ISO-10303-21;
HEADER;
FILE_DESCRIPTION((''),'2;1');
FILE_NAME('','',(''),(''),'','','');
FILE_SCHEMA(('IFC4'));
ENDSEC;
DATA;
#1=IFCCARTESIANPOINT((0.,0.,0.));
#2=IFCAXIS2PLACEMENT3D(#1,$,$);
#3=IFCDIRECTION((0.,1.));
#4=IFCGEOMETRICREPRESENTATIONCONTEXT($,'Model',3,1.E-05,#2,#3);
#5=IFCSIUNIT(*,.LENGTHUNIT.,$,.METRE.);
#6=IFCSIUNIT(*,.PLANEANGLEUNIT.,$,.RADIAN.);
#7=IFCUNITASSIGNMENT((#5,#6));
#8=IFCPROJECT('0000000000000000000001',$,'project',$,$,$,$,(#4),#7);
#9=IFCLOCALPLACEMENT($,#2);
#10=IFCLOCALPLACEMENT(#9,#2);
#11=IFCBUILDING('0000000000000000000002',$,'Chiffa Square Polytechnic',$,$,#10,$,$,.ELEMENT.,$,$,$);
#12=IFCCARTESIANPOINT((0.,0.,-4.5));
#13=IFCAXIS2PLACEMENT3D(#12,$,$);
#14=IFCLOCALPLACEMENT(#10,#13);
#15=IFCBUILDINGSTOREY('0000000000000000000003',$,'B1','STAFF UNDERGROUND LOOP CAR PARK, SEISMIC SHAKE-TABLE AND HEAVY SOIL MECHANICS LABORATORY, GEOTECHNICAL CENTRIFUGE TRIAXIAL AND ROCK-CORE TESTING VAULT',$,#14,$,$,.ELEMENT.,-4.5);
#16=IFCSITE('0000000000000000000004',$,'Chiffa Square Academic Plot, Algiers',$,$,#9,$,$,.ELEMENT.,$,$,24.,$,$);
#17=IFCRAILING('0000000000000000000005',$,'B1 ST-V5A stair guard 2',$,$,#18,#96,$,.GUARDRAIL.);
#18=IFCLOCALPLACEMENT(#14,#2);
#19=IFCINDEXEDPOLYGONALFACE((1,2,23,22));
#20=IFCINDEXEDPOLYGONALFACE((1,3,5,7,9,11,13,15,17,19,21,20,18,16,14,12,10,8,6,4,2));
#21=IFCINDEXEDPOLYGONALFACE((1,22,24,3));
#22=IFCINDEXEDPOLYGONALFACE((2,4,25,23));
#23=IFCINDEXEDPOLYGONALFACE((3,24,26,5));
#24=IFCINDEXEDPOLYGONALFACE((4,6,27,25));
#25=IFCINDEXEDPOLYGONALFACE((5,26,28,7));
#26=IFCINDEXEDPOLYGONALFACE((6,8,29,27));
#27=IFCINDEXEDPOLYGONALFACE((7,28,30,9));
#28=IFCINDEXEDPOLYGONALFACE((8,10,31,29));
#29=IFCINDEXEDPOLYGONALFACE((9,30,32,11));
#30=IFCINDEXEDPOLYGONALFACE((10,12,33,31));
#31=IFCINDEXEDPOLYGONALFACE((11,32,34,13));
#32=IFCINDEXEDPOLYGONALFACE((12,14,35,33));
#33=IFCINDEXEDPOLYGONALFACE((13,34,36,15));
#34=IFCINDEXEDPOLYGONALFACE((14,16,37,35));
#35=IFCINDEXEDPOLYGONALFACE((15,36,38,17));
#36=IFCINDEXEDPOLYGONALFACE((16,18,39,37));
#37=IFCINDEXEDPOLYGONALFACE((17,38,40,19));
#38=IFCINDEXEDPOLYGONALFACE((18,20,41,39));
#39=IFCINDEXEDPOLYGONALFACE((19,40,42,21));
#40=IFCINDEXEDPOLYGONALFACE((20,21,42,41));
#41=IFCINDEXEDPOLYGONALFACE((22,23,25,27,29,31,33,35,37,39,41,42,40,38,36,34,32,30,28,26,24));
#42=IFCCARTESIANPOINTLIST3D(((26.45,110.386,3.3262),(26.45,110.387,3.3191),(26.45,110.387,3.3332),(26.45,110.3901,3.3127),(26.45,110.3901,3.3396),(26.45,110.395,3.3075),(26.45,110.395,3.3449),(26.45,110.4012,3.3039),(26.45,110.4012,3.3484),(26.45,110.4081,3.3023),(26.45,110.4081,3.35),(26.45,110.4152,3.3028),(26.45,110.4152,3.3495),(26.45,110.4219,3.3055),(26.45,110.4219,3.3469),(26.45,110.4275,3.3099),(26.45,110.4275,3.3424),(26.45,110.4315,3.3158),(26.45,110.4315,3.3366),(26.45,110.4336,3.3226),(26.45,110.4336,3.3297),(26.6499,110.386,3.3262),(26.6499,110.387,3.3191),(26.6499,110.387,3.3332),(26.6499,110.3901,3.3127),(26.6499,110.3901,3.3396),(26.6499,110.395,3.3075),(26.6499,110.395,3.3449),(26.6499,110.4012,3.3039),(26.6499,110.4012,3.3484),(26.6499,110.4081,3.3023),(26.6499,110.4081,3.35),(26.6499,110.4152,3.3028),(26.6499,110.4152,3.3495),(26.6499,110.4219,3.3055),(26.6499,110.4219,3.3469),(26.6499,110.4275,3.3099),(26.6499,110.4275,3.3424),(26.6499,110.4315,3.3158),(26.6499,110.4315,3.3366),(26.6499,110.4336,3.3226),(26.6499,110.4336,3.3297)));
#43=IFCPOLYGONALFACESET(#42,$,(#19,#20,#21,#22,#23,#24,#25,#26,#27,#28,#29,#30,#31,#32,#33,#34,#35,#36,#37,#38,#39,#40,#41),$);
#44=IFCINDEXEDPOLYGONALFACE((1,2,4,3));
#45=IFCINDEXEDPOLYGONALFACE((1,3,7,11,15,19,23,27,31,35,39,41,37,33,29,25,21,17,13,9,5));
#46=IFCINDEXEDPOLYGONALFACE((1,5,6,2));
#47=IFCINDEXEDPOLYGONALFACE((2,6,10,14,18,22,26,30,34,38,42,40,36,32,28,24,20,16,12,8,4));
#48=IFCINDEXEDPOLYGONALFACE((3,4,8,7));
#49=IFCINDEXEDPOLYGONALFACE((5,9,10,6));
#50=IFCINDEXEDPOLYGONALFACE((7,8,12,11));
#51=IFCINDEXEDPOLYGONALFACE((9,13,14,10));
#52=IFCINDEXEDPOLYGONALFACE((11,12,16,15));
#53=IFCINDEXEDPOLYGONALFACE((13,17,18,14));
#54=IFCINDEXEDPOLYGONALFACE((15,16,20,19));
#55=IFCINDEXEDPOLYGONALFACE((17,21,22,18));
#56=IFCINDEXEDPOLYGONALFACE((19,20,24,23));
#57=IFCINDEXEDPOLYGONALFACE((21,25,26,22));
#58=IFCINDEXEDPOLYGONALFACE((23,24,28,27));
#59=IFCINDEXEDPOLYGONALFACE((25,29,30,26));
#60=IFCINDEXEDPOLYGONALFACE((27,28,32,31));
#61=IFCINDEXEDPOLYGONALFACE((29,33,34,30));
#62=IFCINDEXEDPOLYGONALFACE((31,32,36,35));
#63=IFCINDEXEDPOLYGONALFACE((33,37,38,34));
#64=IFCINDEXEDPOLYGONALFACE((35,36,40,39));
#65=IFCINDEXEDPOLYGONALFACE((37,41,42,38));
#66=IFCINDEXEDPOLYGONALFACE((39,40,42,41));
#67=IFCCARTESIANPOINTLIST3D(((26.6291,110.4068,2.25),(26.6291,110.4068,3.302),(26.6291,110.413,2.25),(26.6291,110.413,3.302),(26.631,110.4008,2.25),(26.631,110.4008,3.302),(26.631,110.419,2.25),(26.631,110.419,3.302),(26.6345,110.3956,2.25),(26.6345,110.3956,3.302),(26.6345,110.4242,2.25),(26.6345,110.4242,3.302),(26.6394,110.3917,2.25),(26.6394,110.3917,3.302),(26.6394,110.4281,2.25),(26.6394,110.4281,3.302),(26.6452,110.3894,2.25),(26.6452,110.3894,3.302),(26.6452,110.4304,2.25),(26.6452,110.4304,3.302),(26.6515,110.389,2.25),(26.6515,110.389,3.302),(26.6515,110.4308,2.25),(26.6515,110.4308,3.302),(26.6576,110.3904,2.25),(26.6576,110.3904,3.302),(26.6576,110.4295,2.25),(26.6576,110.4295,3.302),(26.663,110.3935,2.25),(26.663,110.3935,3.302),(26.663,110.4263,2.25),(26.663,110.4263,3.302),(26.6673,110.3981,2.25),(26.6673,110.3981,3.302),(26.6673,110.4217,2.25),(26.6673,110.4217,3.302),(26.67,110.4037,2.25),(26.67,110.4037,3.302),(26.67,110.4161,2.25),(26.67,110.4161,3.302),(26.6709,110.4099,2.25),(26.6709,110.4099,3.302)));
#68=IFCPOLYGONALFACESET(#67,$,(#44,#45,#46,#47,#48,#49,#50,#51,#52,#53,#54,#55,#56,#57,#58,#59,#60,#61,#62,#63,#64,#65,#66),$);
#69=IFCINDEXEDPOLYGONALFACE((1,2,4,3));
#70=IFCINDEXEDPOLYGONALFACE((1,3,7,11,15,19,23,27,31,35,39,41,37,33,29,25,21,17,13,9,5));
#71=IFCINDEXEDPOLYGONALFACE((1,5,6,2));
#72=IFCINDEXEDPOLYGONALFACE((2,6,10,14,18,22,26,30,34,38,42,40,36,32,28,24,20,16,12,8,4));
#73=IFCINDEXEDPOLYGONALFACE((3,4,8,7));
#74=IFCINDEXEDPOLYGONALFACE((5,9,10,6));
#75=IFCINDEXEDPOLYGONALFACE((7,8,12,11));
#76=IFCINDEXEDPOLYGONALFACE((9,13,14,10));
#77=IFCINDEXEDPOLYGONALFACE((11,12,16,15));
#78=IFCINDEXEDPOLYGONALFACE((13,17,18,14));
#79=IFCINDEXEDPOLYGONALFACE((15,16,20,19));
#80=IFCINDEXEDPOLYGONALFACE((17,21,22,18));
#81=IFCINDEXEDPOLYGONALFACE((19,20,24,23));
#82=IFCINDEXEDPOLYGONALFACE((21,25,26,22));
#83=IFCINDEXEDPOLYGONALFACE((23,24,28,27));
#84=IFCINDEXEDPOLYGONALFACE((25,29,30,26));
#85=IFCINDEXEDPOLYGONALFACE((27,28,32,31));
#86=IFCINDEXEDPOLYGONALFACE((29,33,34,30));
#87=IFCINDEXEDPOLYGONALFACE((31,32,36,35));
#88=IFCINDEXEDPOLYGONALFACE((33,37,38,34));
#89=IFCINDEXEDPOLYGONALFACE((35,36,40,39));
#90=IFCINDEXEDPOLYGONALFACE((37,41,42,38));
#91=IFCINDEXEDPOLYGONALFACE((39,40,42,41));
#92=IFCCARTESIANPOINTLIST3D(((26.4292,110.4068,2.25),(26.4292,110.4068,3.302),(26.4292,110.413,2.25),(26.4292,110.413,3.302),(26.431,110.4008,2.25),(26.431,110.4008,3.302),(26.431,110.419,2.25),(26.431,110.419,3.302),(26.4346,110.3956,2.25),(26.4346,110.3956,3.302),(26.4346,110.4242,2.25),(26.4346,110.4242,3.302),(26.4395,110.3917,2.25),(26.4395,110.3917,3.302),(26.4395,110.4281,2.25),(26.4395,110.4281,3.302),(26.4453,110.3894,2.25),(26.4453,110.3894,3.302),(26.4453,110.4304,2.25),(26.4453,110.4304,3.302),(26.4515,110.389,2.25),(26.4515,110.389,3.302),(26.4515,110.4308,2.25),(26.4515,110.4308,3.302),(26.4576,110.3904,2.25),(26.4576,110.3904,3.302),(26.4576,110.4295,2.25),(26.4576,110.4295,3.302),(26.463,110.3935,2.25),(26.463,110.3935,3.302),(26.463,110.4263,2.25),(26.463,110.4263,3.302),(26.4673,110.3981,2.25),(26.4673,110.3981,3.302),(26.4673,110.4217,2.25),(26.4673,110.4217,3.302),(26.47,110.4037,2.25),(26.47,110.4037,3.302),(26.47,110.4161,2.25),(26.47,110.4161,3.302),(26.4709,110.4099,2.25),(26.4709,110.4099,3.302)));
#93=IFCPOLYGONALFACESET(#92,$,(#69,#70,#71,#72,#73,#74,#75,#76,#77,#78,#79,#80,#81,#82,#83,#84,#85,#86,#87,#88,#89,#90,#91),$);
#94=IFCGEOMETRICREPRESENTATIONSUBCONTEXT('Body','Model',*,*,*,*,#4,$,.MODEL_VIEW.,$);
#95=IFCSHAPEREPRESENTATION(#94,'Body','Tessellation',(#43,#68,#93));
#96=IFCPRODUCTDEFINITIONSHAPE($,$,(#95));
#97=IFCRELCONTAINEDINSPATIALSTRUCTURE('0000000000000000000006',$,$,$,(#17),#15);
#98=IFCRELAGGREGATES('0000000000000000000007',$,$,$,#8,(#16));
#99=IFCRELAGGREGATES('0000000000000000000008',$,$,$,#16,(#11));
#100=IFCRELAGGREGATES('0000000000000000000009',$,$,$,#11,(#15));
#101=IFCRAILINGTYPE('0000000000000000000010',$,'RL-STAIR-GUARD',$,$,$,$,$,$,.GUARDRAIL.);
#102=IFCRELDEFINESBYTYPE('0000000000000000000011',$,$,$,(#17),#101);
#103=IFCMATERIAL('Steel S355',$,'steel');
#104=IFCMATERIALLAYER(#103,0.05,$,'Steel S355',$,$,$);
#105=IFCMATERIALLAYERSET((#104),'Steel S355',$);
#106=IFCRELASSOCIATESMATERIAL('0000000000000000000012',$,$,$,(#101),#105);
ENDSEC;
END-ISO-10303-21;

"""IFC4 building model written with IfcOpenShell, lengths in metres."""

from ifc_helpers import new_model, si_unit, direction, frame, origin, origin_2d, place, context, subcontext, project, spatial, circle, extrude, material, layer, layer_set, type_object, element, save


model = new_model("IFC4")

# Units and contexts
model_context = context("Model", 3, precision=1e-05, world=origin(), true_north=direction((0.0, 1.0)))
body_context = subcontext(model_context, "Body", "Model", "MODEL_VIEW")
ifc_project = project(units=[si_unit("LENGTHUNIT", "METRE"), si_unit("PLANEANGLEUNIT", "RADIAN")], contexts=[model_context])

# Site, building, storey
site_placement = place(None, origin())
site = spatial("IfcSite", under=ifc_project, at=site_placement, Name="Chiffa Square Academic Plot, Algiers", CompositionType="ELEMENT", RefElevation=24.0)
building_placement = place(site_placement, origin())
building = spatial("IfcBuilding", under=site, at=building_placement, Name="Chiffa Square Polytechnic", CompositionType="ELEMENT")
storey_placement = place(building_placement, frame((0.0, 0.0, -4.5)))
storey = spatial("IfcBuildingStorey", under=building, at=storey_placement, Name="B1", Description="STAFF UNDERGROUND LOOP CAR PARK, SEISMIC SHAKE-TABLE AND HEAVY SOIL MECHANICS LABORATORY, GEOTECHNICAL CENTRIFUGE TRIAXIAL AND ROCK-CORE TESTING VAULT", CompositionType="ELEMENT", Elevation=-4.5)

# Railing
ifc_material_1 = material(Name="Steel S355", Category="steel")
ifc_layer_1 = layer(ifc_material_1, 0.05, Name="Steel S355")
ifc_layer_set_1 = layer_set([ifc_layer_1], Name="Steel S355")
railing_type_1 = type_object("IfcRailingType", Name="RL-STAIR-GUARD", PredefinedType="GUARDRAIL", material=ifc_layer_set_1)
railing_1_placement = place(storey_placement, frame((26.6499, 110.4099, 2.25)))
element("IfcRailing", 1, at=railing_1_placement, inside=storey, type_object=railing_type_1, Name="B1 ST-V5A stair guard 2", PredefinedType="GUARDRAIL", context=body_context, shape_type="SweptSolid", body=[
    extrude(circle(Radius=0.0239, at=origin_2d()), frame((0.0, 0.0, 1.0762), z_axis=(-1.0, 0.0, 0.0), x_axis=(0.0, -1.0, 0.0)), (0.0, 0.0, 1.0), 0.2),
    extrude(circle(Radius=0.021, at=origin_2d()), origin(), (0.0, 0.0, 1.0), 1.052),
    extrude(circle(Radius=0.021, at=origin_2d()), frame((-0.2, 0.0, 0.0)), (0.0, 0.0, 1.0), 1.052),
])

save(model, "model.ifc")
